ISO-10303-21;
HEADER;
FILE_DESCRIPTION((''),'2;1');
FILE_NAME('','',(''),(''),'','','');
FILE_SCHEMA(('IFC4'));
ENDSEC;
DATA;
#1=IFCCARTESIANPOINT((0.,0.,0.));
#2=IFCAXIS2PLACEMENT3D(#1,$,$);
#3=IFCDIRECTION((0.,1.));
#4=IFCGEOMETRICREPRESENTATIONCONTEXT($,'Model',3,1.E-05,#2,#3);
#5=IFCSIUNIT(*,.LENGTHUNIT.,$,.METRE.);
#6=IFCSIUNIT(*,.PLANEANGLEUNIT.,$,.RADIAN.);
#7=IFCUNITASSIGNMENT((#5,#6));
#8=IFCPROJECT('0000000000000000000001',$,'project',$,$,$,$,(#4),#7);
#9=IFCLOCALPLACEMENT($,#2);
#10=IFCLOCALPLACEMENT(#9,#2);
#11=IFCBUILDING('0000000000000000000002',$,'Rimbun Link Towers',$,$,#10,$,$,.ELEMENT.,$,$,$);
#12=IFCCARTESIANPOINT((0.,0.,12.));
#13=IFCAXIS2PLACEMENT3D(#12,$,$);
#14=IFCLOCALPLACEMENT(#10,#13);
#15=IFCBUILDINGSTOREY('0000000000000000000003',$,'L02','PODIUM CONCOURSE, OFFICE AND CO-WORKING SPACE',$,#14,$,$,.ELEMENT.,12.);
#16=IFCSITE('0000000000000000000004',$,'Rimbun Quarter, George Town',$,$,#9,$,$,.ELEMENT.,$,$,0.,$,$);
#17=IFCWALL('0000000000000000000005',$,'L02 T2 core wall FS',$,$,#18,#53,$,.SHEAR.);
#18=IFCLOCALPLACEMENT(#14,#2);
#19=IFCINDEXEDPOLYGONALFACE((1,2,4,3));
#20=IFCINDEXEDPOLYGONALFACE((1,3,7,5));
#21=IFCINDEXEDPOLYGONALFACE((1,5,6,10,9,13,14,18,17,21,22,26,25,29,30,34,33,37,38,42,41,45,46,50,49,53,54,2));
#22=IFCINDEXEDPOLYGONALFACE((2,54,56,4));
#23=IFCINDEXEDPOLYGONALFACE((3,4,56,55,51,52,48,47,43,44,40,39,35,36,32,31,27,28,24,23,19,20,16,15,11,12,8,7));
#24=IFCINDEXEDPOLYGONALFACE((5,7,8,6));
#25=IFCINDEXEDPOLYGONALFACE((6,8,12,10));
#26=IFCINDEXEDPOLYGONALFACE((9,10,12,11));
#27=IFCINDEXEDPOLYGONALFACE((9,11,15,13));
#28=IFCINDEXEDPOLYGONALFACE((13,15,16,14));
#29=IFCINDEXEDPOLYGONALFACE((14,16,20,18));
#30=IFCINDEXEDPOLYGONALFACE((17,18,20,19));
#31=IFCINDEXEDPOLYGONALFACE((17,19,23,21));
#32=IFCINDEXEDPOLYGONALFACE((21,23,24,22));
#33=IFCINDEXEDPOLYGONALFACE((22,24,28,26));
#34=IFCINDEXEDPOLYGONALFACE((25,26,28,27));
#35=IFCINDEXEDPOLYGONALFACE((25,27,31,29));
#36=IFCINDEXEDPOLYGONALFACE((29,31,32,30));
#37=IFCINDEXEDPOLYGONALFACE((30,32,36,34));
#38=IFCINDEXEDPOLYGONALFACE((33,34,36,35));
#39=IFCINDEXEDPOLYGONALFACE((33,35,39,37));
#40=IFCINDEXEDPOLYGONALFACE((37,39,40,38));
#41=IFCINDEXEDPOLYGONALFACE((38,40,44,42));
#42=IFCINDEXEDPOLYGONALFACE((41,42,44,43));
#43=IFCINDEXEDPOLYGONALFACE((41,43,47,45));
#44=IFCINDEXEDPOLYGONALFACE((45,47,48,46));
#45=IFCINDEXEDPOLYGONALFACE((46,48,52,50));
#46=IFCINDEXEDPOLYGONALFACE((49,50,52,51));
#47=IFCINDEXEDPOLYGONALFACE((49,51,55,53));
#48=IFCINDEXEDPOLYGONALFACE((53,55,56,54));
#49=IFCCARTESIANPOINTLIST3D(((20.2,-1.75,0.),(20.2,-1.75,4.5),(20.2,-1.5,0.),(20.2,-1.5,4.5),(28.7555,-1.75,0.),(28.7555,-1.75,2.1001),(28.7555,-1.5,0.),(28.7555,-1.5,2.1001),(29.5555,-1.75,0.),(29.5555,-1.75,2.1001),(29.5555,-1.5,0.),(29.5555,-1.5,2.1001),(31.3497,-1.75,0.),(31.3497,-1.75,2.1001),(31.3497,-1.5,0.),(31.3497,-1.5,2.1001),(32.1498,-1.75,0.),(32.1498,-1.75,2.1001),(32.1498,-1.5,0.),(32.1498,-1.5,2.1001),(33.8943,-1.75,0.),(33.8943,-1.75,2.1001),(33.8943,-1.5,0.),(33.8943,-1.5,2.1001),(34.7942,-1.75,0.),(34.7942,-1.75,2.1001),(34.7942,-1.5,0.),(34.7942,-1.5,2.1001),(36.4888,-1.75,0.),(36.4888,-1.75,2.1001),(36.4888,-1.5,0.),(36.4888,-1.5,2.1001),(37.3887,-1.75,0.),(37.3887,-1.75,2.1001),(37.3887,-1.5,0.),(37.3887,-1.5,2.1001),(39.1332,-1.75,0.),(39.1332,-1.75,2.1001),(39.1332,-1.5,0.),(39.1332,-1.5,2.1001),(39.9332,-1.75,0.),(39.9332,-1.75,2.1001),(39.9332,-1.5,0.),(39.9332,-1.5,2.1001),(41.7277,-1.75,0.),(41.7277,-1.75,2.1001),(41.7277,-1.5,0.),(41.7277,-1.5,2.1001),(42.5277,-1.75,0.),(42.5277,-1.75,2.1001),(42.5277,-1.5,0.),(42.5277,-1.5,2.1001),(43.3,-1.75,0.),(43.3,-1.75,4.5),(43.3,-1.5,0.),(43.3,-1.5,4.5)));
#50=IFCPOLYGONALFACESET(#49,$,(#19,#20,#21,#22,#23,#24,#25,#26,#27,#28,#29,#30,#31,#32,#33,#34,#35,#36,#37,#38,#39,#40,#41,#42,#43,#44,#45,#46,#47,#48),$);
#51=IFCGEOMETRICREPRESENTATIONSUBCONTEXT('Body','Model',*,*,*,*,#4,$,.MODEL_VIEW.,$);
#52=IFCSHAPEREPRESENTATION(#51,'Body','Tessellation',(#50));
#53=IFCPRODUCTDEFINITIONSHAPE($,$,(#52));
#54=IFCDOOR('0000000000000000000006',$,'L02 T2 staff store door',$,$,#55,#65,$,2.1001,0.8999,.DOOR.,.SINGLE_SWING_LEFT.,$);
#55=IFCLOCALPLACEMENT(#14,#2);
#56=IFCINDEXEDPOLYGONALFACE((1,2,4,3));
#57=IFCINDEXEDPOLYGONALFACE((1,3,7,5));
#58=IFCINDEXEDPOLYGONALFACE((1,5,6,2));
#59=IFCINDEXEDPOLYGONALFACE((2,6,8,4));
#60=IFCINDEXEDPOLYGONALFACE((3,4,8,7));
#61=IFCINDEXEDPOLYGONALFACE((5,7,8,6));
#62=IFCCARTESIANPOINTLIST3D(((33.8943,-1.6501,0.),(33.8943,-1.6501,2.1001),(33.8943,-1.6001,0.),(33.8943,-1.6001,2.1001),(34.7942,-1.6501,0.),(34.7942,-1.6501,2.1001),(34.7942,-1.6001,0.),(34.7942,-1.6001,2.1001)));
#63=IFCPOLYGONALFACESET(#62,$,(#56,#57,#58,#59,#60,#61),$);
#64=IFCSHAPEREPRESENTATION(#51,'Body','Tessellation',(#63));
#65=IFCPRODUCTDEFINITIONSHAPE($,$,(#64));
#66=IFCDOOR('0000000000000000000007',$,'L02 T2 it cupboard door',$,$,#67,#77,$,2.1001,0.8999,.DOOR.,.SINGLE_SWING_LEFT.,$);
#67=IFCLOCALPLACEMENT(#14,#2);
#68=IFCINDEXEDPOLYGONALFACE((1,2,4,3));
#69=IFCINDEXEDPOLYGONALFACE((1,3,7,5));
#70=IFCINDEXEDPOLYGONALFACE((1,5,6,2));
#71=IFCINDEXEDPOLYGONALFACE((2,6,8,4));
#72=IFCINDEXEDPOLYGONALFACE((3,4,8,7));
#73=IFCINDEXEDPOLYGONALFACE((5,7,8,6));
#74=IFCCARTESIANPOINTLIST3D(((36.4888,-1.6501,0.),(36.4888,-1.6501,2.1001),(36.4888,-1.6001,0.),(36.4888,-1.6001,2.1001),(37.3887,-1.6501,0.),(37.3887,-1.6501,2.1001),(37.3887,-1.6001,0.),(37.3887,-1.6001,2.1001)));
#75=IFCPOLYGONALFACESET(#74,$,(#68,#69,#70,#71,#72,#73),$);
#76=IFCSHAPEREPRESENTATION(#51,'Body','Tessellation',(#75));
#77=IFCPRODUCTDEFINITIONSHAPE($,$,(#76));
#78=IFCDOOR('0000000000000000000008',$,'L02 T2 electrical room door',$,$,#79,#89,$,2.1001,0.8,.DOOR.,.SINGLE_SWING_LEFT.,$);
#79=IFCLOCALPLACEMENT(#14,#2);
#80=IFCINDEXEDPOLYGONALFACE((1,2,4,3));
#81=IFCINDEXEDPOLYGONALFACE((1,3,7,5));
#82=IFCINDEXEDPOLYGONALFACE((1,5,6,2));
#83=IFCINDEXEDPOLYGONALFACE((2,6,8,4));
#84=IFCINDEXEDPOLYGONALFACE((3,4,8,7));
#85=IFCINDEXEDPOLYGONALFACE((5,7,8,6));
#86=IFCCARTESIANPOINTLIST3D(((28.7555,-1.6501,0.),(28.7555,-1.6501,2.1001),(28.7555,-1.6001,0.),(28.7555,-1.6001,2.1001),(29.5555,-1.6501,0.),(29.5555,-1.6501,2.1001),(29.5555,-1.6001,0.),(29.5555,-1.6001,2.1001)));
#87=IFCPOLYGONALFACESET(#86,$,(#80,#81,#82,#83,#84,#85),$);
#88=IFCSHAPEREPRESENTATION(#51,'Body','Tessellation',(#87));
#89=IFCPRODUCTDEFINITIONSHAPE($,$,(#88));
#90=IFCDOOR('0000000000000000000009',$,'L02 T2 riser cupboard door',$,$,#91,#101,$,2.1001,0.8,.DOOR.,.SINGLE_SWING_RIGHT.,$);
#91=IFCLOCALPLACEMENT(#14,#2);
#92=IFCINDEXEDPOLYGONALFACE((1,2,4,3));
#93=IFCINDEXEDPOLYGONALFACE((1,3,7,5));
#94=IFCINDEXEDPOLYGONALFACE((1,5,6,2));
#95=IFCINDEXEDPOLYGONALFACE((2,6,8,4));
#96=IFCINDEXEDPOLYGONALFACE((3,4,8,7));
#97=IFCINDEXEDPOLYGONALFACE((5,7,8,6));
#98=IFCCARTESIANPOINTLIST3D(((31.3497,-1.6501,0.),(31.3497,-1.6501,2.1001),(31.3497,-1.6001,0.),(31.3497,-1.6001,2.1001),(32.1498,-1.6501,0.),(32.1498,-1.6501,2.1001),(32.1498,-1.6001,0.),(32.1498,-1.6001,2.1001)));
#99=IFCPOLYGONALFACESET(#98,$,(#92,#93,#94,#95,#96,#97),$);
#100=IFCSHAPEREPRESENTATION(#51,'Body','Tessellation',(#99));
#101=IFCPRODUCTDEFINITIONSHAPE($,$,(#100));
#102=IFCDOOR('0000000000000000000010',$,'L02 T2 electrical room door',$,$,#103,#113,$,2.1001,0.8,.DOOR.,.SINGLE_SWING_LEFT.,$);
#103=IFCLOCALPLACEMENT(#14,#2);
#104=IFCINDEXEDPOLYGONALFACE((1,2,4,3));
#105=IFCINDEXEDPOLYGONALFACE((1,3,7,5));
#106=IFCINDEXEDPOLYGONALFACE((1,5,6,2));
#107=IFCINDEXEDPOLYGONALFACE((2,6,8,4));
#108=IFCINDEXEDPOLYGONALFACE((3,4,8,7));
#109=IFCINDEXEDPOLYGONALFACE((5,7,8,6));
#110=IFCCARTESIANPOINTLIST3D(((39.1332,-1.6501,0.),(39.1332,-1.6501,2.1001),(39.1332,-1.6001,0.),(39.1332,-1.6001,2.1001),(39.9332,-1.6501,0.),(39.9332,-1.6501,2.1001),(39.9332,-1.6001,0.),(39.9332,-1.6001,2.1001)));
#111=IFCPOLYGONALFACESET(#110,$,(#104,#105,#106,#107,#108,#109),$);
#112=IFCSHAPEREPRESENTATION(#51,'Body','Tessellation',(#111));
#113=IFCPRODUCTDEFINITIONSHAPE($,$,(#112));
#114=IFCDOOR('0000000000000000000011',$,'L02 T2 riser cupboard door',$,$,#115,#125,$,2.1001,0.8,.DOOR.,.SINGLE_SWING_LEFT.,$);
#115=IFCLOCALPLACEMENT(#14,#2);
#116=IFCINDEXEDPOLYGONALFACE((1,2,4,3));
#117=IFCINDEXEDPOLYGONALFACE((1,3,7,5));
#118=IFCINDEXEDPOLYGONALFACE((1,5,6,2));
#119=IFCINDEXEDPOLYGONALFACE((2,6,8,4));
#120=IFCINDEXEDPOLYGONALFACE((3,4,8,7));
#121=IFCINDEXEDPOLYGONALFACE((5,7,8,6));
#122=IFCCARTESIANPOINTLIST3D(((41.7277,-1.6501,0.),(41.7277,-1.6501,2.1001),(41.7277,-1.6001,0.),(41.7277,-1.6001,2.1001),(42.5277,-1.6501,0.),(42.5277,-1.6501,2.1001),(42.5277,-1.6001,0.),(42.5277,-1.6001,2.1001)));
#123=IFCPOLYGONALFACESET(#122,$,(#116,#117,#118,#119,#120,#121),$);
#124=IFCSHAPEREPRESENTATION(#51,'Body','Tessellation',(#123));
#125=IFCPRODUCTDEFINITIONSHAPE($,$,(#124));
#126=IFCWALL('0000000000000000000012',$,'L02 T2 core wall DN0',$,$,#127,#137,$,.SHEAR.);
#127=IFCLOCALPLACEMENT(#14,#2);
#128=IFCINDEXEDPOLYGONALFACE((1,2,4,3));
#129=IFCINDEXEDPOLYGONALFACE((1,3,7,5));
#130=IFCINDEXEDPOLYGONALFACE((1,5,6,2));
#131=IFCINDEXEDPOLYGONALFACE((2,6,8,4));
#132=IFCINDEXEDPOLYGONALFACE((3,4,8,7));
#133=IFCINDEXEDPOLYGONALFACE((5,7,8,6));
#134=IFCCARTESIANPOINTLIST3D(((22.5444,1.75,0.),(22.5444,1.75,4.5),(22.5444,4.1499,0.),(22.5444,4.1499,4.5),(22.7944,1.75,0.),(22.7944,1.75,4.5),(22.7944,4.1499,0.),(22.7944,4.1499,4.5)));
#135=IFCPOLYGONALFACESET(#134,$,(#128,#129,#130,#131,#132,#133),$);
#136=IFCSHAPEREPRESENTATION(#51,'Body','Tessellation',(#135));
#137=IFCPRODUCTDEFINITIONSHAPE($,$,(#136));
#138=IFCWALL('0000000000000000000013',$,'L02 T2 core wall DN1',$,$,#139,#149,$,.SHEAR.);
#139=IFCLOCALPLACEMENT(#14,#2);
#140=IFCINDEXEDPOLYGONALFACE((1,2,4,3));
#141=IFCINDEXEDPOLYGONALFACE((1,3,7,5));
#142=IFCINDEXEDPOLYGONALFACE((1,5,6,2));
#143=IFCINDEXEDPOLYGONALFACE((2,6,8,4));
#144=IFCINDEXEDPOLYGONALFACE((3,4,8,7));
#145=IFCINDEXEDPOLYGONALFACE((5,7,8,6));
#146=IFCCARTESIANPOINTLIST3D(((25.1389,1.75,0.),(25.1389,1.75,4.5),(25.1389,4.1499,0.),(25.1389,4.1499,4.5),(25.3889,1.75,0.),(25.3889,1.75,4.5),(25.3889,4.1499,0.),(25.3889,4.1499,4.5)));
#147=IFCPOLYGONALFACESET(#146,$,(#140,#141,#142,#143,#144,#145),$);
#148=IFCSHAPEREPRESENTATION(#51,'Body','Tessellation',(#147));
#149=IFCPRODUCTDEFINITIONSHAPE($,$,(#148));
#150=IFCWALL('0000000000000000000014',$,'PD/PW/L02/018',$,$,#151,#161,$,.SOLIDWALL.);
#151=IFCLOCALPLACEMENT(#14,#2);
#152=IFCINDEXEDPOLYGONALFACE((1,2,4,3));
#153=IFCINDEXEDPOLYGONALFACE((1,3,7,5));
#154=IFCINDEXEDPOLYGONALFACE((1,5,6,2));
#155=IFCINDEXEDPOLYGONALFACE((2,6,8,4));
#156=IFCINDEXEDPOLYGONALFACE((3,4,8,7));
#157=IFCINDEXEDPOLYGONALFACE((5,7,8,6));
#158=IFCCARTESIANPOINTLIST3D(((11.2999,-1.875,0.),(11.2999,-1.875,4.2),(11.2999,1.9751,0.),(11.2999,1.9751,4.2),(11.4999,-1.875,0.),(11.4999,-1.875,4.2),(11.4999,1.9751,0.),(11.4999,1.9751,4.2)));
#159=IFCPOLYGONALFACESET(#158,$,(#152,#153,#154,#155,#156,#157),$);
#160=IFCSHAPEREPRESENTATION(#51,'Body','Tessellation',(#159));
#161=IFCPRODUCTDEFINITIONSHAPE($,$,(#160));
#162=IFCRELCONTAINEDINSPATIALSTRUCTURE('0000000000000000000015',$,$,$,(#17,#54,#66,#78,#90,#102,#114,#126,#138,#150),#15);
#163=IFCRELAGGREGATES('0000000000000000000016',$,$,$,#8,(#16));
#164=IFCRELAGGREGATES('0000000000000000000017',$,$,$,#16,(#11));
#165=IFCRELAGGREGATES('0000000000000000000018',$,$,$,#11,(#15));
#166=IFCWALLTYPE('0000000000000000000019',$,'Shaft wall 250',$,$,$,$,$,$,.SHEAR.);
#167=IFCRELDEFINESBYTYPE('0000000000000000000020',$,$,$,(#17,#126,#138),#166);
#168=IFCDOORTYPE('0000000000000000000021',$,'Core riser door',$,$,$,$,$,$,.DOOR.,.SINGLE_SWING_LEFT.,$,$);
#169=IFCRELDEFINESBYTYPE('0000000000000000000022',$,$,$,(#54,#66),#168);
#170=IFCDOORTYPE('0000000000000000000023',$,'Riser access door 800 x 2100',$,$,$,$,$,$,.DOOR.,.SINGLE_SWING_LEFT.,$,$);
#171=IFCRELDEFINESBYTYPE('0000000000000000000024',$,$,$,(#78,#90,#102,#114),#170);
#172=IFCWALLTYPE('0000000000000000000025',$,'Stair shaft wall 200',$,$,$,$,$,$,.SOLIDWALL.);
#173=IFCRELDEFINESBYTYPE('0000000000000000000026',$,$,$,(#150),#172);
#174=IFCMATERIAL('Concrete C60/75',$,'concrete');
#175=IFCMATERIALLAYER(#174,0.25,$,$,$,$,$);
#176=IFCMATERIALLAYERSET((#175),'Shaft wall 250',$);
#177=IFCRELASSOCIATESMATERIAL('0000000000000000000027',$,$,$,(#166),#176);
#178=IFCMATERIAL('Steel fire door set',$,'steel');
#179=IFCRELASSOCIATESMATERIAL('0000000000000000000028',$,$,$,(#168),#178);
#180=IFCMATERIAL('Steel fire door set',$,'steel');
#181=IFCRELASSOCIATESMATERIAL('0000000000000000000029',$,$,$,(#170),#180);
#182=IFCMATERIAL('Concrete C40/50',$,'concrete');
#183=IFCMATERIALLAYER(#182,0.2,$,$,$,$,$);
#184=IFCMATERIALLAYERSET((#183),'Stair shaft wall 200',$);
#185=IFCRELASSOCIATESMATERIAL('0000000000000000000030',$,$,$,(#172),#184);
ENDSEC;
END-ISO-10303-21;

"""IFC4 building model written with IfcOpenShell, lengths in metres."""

from ifc_helpers import new_model, si_unit, direction, frame, frame_2d, origin, place, context, subcontext, project, spatial, rectangle, extrude, material, layer, layer_set, type_object, element, fill, save


model = new_model("IFC4")

# Units and contexts
model_context = context("Model", 3, precision=1e-05, world=origin(), true_north=direction((0.0, 1.0)))
body_context = subcontext(model_context, "Body", "Model", "MODEL_VIEW")
ifc_project = project(units=[si_unit("LENGTHUNIT", "METRE"), si_unit("PLANEANGLEUNIT", "RADIAN")], contexts=[model_context])

# Site, building, storey
site_placement = place(None, origin())
site = spatial("IfcSite", under=ifc_project, at=site_placement, Name="Rimbun Quarter, George Town", CompositionType="ELEMENT", RefElevation=0.0)
building_placement = place(site_placement, origin())
building = spatial("IfcBuilding", under=site, at=building_placement, Name="Rimbun Link Towers", CompositionType="ELEMENT")
storey_placement = place(building_placement, frame((0.0, 0.0, 12.0)))
storey = spatial("IfcBuildingStorey", under=building, at=storey_placement, Name="L02", Description="PODIUM CONCOURSE, OFFICE AND CO-WORKING SPACE", CompositionType="ELEMENT", Elevation=12.0)

# Shared definitions
ifc_material_1 = material(Name="Concrete C60/75", Category="concrete")
ifc_layer_1 = layer(ifc_material_1, 0.25)
ifc_layer_set_1 = layer_set([ifc_layer_1], Name="Shaft wall 250")
wall_type_1 = type_object("IfcWallType", Name="Shaft wall 250", PredefinedType="SHEAR", material=ifc_layer_set_1)

# Wall, openings, doors
wall_1_placement = place(storey_placement, frame((20.2, -1.625, 0.0), z_axis=(0.0, 0.0, 1.0), x_axis=(1.0, 0.0, 0.0)))
wall_1 = element("IfcWall", 1, at=wall_1_placement, inside=storey, type_object=wall_type_1, Name="L02 T2 core wall FS", PredefinedType="SHEAR", context=body_context, shape_type="SweptSolid", body=[
    extrude(rectangle(XDim=23.1001, YDim=0.25, at=frame_2d((11.55, 0.0))), origin(), (0.0, 0.0, 1.0), 4.5),
])
opening_1_placement = place(wall_1_placement, frame((8.5557, 0.0, 0.0)))
opening_1 = element("IfcOpeningElement", 2, at=opening_1_placement, cuts=wall_1, PredefinedType="OPENING", context=body_context, shape_type="SweptSolid", body=[
    extrude(rectangle(XDim=0.8, YDim=2.1001, at=frame_2d((0.3999, 1.05))), frame((0.0, 0.135, 0.0), z_axis=(0.0, -1.0, 0.0), x_axis=(1.0, 0.0, 0.0)), (0.0, 0.0, 1.0), 0.27),
])
opening_2_placement = place(wall_1_placement, frame((11.1499, 0.0, 0.0)))
opening_2 = element("IfcOpeningElement", 3, at=opening_2_placement, cuts=wall_1, PredefinedType="OPENING", context=body_context, shape_type="SweptSolid", body=[
    extrude(rectangle(XDim=0.8, YDim=2.1001, at=frame_2d((0.3999, 1.05))), frame((0.0, 0.135, 0.0), z_axis=(0.0, -1.0, 0.0), x_axis=(1.0, 0.0, 0.0)), (0.0, 0.0, 1.0), 0.27),
])
opening_3_placement = place(wall_1_placement, frame((13.6943, 0.0, 0.0)))
opening_3 = element("IfcOpeningElement", 4, at=opening_3_placement, cuts=wall_1, PredefinedType="OPENING", context=body_context, shape_type="SweptSolid", body=[
    extrude(rectangle(XDim=0.8999, YDim=2.1001, at=frame_2d((0.45, 1.05))), frame((0.0, 0.135, 0.0), z_axis=(0.0, -1.0, 0.0), x_axis=(1.0, 0.0, 0.0)), (0.0, 0.0, 1.0), 0.27),
])
opening_4_placement = place(wall_1_placement, frame((16.2888, 0.0, 0.0)))
opening_4 = element("IfcOpeningElement", 5, at=opening_4_placement, cuts=wall_1, PredefinedType="OPENING", context=body_context, shape_type="SweptSolid", body=[
    extrude(rectangle(XDim=0.8999, YDim=2.1001, at=frame_2d((0.45, 1.05))), frame((0.0, 0.135, 0.0), z_axis=(0.0, -1.0, 0.0), x_axis=(1.0, 0.0, 0.0)), (0.0, 0.0, 1.0), 0.27),
])
opening_5_placement = place(wall_1_placement, frame((18.9333, 0.0, 0.0)))
opening_5 = element("IfcOpeningElement", 6, at=opening_5_placement, cuts=wall_1, PredefinedType="OPENING", context=body_context, shape_type="SweptSolid", body=[
    extrude(rectangle(XDim=0.8, YDim=2.1001, at=frame_2d((0.3999, 1.05))), frame((0.0, 0.135, 0.0), z_axis=(0.0, -1.0, 0.0), x_axis=(1.0, 0.0, 0.0)), (0.0, 0.0, 1.0), 0.27),
])
opening_6_placement = place(wall_1_placement, frame((21.5278, 0.0, 0.0)))
opening_6 = element("IfcOpeningElement", 7, at=opening_6_placement, cuts=wall_1, PredefinedType="OPENING", context=body_context, shape_type="SweptSolid", body=[
    extrude(rectangle(XDim=0.8, YDim=2.1001, at=frame_2d((0.3999, 1.05))), frame((0.0, 0.135, 0.0), z_axis=(0.0, -1.0, 0.0), x_axis=(1.0, 0.0, 0.0)), (0.0, 0.0, 1.0), 0.27),
])
ifc_material_2 = material(Name="Steel fire door set", Category="steel")
door_type_1 = type_object("IfcDoorType", Name="Core riser door", OperationType="SINGLE_SWING_LEFT", PredefinedType="DOOR", material=ifc_material_2)
door_1_placement = place(opening_3_placement, origin())
door_1 = element("IfcDoor", 8, at=door_1_placement, inside=storey, type_object=door_type_1, Name="L02 T2 staff store door", OperationType="SINGLE_SWING_LEFT", OverallHeight=2.1001, OverallWidth=0.8999, PredefinedType="DOOR", context=body_context, shape_type="SweptSolid", body=[
    extrude(rectangle(XDim=0.8999, YDim=2.1001, at=frame_2d((0.45, 1.05))), frame((0.0, 0.0249, 0.0), z_axis=(0.0, -1.0, 0.0), x_axis=(1.0, 0.0, 0.0)), (0.0, 0.0, 1.0), 0.05),
])
fill(opening_3, door_1)
door_2_placement = place(opening_4_placement, origin())
door_2 = element("IfcDoor", 9, at=door_2_placement, inside=storey, type_object=door_type_1, Name="L02 T2 it cupboard door", OperationType="SINGLE_SWING_LEFT", OverallHeight=2.1001, OverallWidth=0.8999, PredefinedType="DOOR", context=body_context, shape_type="SweptSolid", body=[
    extrude(rectangle(XDim=0.8999, YDim=2.1001, at=frame_2d((0.45, 1.05))), frame((0.0, 0.0249, 0.0), z_axis=(0.0, -1.0, 0.0), x_axis=(1.0, 0.0, 0.0)), (0.0, 0.0, 1.0), 0.05),
])
fill(opening_4, door_2)
ifc_material_3 = material(Name="Steel fire door set", Category="steel")
door_type_2 = type_object("IfcDoorType", Name="Riser access door 800 x 2100", OperationType="SINGLE_SWING_LEFT", PredefinedType="DOOR", material=ifc_material_3)
door_3_placement = place(opening_1_placement, origin())
door_3 = element("IfcDoor", 10, at=door_3_placement, inside=storey, type_object=door_type_2, Name="L02 T2 electrical room door", OperationType="SINGLE_SWING_LEFT", OverallHeight=2.1001, OverallWidth=0.8, PredefinedType="DOOR", context=body_context, shape_type="SweptSolid", body=[
    extrude(rectangle(XDim=0.8, YDim=2.1001, at=frame_2d((0.3999, 1.05))), frame((0.0, 0.0249, 0.0), z_axis=(0.0, -1.0, 0.0), x_axis=(1.0, 0.0, 0.0)), (0.0, 0.0, 1.0), 0.05),
])
fill(opening_1, door_3)
door_4_placement = place(opening_2_placement, origin())
door_4 = element("IfcDoor", 11, at=door_4_placement, inside=storey, type_object=door_type_2, Name="L02 T2 riser cupboard door", OperationType="SINGLE_SWING_RIGHT", OverallHeight=2.1001, OverallWidth=0.8, PredefinedType="DOOR", context=body_context, shape_type="SweptSolid", body=[
    extrude(rectangle(XDim=0.8, YDim=2.1001, at=frame_2d((0.3999, 1.05))), frame((0.0, 0.0249, 0.0), z_axis=(0.0, -1.0, 0.0), x_axis=(1.0, 0.0, 0.0)), (0.0, 0.0, 1.0), 0.05),
])
fill(opening_2, door_4)
door_5_placement = place(opening_5_placement, origin())
door_5 = element("IfcDoor", 12, at=door_5_placement, inside=storey, type_object=door_type_2, Name="L02 T2 electrical room door", OperationType="SINGLE_SWING_LEFT", OverallHeight=2.1001, OverallWidth=0.8, PredefinedType="DOOR", context=body_context, shape_type="SweptSolid", body=[
    extrude(rectangle(XDim=0.8, YDim=2.1001, at=frame_2d((0.3999, 1.05))), frame((0.0, 0.0249, 0.0), z_axis=(0.0, -1.0, 0.0), x_axis=(1.0, 0.0, 0.0)), (0.0, 0.0, 1.0), 0.05),
])
fill(opening_5, door_5)
door_6_placement = place(opening_6_placement, origin())
door_6 = element("IfcDoor", 13, at=door_6_placement, inside=storey, type_object=door_type_2, Name="L02 T2 riser cupboard door", OperationType="SINGLE_SWING_LEFT", OverallHeight=2.1001, OverallWidth=0.8, PredefinedType="DOOR", context=body_context, shape_type="SweptSolid", body=[
    extrude(rectangle(XDim=0.8, YDim=2.1001, at=frame_2d((0.3999, 1.05))), frame((0.0, 0.0249, 0.0), z_axis=(0.0, -1.0, 0.0), x_axis=(1.0, 0.0, 0.0)), (0.0, 0.0, 1.0), 0.05),
])
fill(opening_6, door_6)

# Walls
for number, where, z_axis, x_axis, name in (
    (14, (22.6694, 1.75, 0.0), (0.0, 0.0, 1.0), (0.0, 1.0, 0.0), "L02 T2 core wall DN0"),
    (15, (25.2639, 1.75, 0.0), (0.0, 0.0, 1.0), (0.0, 1.0, 0.0), "L02 T2 core wall DN1"),
):
    element("IfcWall", number, at=place(storey_placement, frame(where, z_axis=z_axis, x_axis=x_axis)), inside=storey, type_object=wall_type_1, Name=name, PredefinedType="SHEAR", context=body_context, shape_type="SweptSolid", body=[
        extrude(rectangle(XDim=2.3999, YDim=0.25, at=frame_2d((1.2, 0.0))), origin(), (0.0, 0.0, 1.0), 4.5),
    ])
ifc_material_4 = material(Name="Concrete C40/50", Category="concrete")
ifc_layer_2 = layer(ifc_material_4, 0.2)
ifc_layer_set_2 = layer_set([ifc_layer_2], Name="Stair shaft wall 200")
wall_type_2 = type_object("IfcWallType", Name="Stair shaft wall 200", PredefinedType="SOLIDWALL", material=ifc_layer_set_2)
wall_2_placement = place(storey_placement, frame((11.3999, -1.875, 0.0), z_axis=(0.0, 0.0, 1.0), x_axis=(0.0, 1.0, 0.0)))
element("IfcWall", 16, at=wall_2_placement, inside=storey, type_object=wall_type_2, Name="PD/PW/L02/018", PredefinedType="SOLIDWALL", context=body_context, shape_type="SweptSolid", body=[
    extrude(rectangle(XDim=3.8501, YDim=0.2, at=frame_2d((1.925, 0.0))), origin(), (0.0, 0.0, 1.0), 4.2),
])

save(model, "model.ifc")
